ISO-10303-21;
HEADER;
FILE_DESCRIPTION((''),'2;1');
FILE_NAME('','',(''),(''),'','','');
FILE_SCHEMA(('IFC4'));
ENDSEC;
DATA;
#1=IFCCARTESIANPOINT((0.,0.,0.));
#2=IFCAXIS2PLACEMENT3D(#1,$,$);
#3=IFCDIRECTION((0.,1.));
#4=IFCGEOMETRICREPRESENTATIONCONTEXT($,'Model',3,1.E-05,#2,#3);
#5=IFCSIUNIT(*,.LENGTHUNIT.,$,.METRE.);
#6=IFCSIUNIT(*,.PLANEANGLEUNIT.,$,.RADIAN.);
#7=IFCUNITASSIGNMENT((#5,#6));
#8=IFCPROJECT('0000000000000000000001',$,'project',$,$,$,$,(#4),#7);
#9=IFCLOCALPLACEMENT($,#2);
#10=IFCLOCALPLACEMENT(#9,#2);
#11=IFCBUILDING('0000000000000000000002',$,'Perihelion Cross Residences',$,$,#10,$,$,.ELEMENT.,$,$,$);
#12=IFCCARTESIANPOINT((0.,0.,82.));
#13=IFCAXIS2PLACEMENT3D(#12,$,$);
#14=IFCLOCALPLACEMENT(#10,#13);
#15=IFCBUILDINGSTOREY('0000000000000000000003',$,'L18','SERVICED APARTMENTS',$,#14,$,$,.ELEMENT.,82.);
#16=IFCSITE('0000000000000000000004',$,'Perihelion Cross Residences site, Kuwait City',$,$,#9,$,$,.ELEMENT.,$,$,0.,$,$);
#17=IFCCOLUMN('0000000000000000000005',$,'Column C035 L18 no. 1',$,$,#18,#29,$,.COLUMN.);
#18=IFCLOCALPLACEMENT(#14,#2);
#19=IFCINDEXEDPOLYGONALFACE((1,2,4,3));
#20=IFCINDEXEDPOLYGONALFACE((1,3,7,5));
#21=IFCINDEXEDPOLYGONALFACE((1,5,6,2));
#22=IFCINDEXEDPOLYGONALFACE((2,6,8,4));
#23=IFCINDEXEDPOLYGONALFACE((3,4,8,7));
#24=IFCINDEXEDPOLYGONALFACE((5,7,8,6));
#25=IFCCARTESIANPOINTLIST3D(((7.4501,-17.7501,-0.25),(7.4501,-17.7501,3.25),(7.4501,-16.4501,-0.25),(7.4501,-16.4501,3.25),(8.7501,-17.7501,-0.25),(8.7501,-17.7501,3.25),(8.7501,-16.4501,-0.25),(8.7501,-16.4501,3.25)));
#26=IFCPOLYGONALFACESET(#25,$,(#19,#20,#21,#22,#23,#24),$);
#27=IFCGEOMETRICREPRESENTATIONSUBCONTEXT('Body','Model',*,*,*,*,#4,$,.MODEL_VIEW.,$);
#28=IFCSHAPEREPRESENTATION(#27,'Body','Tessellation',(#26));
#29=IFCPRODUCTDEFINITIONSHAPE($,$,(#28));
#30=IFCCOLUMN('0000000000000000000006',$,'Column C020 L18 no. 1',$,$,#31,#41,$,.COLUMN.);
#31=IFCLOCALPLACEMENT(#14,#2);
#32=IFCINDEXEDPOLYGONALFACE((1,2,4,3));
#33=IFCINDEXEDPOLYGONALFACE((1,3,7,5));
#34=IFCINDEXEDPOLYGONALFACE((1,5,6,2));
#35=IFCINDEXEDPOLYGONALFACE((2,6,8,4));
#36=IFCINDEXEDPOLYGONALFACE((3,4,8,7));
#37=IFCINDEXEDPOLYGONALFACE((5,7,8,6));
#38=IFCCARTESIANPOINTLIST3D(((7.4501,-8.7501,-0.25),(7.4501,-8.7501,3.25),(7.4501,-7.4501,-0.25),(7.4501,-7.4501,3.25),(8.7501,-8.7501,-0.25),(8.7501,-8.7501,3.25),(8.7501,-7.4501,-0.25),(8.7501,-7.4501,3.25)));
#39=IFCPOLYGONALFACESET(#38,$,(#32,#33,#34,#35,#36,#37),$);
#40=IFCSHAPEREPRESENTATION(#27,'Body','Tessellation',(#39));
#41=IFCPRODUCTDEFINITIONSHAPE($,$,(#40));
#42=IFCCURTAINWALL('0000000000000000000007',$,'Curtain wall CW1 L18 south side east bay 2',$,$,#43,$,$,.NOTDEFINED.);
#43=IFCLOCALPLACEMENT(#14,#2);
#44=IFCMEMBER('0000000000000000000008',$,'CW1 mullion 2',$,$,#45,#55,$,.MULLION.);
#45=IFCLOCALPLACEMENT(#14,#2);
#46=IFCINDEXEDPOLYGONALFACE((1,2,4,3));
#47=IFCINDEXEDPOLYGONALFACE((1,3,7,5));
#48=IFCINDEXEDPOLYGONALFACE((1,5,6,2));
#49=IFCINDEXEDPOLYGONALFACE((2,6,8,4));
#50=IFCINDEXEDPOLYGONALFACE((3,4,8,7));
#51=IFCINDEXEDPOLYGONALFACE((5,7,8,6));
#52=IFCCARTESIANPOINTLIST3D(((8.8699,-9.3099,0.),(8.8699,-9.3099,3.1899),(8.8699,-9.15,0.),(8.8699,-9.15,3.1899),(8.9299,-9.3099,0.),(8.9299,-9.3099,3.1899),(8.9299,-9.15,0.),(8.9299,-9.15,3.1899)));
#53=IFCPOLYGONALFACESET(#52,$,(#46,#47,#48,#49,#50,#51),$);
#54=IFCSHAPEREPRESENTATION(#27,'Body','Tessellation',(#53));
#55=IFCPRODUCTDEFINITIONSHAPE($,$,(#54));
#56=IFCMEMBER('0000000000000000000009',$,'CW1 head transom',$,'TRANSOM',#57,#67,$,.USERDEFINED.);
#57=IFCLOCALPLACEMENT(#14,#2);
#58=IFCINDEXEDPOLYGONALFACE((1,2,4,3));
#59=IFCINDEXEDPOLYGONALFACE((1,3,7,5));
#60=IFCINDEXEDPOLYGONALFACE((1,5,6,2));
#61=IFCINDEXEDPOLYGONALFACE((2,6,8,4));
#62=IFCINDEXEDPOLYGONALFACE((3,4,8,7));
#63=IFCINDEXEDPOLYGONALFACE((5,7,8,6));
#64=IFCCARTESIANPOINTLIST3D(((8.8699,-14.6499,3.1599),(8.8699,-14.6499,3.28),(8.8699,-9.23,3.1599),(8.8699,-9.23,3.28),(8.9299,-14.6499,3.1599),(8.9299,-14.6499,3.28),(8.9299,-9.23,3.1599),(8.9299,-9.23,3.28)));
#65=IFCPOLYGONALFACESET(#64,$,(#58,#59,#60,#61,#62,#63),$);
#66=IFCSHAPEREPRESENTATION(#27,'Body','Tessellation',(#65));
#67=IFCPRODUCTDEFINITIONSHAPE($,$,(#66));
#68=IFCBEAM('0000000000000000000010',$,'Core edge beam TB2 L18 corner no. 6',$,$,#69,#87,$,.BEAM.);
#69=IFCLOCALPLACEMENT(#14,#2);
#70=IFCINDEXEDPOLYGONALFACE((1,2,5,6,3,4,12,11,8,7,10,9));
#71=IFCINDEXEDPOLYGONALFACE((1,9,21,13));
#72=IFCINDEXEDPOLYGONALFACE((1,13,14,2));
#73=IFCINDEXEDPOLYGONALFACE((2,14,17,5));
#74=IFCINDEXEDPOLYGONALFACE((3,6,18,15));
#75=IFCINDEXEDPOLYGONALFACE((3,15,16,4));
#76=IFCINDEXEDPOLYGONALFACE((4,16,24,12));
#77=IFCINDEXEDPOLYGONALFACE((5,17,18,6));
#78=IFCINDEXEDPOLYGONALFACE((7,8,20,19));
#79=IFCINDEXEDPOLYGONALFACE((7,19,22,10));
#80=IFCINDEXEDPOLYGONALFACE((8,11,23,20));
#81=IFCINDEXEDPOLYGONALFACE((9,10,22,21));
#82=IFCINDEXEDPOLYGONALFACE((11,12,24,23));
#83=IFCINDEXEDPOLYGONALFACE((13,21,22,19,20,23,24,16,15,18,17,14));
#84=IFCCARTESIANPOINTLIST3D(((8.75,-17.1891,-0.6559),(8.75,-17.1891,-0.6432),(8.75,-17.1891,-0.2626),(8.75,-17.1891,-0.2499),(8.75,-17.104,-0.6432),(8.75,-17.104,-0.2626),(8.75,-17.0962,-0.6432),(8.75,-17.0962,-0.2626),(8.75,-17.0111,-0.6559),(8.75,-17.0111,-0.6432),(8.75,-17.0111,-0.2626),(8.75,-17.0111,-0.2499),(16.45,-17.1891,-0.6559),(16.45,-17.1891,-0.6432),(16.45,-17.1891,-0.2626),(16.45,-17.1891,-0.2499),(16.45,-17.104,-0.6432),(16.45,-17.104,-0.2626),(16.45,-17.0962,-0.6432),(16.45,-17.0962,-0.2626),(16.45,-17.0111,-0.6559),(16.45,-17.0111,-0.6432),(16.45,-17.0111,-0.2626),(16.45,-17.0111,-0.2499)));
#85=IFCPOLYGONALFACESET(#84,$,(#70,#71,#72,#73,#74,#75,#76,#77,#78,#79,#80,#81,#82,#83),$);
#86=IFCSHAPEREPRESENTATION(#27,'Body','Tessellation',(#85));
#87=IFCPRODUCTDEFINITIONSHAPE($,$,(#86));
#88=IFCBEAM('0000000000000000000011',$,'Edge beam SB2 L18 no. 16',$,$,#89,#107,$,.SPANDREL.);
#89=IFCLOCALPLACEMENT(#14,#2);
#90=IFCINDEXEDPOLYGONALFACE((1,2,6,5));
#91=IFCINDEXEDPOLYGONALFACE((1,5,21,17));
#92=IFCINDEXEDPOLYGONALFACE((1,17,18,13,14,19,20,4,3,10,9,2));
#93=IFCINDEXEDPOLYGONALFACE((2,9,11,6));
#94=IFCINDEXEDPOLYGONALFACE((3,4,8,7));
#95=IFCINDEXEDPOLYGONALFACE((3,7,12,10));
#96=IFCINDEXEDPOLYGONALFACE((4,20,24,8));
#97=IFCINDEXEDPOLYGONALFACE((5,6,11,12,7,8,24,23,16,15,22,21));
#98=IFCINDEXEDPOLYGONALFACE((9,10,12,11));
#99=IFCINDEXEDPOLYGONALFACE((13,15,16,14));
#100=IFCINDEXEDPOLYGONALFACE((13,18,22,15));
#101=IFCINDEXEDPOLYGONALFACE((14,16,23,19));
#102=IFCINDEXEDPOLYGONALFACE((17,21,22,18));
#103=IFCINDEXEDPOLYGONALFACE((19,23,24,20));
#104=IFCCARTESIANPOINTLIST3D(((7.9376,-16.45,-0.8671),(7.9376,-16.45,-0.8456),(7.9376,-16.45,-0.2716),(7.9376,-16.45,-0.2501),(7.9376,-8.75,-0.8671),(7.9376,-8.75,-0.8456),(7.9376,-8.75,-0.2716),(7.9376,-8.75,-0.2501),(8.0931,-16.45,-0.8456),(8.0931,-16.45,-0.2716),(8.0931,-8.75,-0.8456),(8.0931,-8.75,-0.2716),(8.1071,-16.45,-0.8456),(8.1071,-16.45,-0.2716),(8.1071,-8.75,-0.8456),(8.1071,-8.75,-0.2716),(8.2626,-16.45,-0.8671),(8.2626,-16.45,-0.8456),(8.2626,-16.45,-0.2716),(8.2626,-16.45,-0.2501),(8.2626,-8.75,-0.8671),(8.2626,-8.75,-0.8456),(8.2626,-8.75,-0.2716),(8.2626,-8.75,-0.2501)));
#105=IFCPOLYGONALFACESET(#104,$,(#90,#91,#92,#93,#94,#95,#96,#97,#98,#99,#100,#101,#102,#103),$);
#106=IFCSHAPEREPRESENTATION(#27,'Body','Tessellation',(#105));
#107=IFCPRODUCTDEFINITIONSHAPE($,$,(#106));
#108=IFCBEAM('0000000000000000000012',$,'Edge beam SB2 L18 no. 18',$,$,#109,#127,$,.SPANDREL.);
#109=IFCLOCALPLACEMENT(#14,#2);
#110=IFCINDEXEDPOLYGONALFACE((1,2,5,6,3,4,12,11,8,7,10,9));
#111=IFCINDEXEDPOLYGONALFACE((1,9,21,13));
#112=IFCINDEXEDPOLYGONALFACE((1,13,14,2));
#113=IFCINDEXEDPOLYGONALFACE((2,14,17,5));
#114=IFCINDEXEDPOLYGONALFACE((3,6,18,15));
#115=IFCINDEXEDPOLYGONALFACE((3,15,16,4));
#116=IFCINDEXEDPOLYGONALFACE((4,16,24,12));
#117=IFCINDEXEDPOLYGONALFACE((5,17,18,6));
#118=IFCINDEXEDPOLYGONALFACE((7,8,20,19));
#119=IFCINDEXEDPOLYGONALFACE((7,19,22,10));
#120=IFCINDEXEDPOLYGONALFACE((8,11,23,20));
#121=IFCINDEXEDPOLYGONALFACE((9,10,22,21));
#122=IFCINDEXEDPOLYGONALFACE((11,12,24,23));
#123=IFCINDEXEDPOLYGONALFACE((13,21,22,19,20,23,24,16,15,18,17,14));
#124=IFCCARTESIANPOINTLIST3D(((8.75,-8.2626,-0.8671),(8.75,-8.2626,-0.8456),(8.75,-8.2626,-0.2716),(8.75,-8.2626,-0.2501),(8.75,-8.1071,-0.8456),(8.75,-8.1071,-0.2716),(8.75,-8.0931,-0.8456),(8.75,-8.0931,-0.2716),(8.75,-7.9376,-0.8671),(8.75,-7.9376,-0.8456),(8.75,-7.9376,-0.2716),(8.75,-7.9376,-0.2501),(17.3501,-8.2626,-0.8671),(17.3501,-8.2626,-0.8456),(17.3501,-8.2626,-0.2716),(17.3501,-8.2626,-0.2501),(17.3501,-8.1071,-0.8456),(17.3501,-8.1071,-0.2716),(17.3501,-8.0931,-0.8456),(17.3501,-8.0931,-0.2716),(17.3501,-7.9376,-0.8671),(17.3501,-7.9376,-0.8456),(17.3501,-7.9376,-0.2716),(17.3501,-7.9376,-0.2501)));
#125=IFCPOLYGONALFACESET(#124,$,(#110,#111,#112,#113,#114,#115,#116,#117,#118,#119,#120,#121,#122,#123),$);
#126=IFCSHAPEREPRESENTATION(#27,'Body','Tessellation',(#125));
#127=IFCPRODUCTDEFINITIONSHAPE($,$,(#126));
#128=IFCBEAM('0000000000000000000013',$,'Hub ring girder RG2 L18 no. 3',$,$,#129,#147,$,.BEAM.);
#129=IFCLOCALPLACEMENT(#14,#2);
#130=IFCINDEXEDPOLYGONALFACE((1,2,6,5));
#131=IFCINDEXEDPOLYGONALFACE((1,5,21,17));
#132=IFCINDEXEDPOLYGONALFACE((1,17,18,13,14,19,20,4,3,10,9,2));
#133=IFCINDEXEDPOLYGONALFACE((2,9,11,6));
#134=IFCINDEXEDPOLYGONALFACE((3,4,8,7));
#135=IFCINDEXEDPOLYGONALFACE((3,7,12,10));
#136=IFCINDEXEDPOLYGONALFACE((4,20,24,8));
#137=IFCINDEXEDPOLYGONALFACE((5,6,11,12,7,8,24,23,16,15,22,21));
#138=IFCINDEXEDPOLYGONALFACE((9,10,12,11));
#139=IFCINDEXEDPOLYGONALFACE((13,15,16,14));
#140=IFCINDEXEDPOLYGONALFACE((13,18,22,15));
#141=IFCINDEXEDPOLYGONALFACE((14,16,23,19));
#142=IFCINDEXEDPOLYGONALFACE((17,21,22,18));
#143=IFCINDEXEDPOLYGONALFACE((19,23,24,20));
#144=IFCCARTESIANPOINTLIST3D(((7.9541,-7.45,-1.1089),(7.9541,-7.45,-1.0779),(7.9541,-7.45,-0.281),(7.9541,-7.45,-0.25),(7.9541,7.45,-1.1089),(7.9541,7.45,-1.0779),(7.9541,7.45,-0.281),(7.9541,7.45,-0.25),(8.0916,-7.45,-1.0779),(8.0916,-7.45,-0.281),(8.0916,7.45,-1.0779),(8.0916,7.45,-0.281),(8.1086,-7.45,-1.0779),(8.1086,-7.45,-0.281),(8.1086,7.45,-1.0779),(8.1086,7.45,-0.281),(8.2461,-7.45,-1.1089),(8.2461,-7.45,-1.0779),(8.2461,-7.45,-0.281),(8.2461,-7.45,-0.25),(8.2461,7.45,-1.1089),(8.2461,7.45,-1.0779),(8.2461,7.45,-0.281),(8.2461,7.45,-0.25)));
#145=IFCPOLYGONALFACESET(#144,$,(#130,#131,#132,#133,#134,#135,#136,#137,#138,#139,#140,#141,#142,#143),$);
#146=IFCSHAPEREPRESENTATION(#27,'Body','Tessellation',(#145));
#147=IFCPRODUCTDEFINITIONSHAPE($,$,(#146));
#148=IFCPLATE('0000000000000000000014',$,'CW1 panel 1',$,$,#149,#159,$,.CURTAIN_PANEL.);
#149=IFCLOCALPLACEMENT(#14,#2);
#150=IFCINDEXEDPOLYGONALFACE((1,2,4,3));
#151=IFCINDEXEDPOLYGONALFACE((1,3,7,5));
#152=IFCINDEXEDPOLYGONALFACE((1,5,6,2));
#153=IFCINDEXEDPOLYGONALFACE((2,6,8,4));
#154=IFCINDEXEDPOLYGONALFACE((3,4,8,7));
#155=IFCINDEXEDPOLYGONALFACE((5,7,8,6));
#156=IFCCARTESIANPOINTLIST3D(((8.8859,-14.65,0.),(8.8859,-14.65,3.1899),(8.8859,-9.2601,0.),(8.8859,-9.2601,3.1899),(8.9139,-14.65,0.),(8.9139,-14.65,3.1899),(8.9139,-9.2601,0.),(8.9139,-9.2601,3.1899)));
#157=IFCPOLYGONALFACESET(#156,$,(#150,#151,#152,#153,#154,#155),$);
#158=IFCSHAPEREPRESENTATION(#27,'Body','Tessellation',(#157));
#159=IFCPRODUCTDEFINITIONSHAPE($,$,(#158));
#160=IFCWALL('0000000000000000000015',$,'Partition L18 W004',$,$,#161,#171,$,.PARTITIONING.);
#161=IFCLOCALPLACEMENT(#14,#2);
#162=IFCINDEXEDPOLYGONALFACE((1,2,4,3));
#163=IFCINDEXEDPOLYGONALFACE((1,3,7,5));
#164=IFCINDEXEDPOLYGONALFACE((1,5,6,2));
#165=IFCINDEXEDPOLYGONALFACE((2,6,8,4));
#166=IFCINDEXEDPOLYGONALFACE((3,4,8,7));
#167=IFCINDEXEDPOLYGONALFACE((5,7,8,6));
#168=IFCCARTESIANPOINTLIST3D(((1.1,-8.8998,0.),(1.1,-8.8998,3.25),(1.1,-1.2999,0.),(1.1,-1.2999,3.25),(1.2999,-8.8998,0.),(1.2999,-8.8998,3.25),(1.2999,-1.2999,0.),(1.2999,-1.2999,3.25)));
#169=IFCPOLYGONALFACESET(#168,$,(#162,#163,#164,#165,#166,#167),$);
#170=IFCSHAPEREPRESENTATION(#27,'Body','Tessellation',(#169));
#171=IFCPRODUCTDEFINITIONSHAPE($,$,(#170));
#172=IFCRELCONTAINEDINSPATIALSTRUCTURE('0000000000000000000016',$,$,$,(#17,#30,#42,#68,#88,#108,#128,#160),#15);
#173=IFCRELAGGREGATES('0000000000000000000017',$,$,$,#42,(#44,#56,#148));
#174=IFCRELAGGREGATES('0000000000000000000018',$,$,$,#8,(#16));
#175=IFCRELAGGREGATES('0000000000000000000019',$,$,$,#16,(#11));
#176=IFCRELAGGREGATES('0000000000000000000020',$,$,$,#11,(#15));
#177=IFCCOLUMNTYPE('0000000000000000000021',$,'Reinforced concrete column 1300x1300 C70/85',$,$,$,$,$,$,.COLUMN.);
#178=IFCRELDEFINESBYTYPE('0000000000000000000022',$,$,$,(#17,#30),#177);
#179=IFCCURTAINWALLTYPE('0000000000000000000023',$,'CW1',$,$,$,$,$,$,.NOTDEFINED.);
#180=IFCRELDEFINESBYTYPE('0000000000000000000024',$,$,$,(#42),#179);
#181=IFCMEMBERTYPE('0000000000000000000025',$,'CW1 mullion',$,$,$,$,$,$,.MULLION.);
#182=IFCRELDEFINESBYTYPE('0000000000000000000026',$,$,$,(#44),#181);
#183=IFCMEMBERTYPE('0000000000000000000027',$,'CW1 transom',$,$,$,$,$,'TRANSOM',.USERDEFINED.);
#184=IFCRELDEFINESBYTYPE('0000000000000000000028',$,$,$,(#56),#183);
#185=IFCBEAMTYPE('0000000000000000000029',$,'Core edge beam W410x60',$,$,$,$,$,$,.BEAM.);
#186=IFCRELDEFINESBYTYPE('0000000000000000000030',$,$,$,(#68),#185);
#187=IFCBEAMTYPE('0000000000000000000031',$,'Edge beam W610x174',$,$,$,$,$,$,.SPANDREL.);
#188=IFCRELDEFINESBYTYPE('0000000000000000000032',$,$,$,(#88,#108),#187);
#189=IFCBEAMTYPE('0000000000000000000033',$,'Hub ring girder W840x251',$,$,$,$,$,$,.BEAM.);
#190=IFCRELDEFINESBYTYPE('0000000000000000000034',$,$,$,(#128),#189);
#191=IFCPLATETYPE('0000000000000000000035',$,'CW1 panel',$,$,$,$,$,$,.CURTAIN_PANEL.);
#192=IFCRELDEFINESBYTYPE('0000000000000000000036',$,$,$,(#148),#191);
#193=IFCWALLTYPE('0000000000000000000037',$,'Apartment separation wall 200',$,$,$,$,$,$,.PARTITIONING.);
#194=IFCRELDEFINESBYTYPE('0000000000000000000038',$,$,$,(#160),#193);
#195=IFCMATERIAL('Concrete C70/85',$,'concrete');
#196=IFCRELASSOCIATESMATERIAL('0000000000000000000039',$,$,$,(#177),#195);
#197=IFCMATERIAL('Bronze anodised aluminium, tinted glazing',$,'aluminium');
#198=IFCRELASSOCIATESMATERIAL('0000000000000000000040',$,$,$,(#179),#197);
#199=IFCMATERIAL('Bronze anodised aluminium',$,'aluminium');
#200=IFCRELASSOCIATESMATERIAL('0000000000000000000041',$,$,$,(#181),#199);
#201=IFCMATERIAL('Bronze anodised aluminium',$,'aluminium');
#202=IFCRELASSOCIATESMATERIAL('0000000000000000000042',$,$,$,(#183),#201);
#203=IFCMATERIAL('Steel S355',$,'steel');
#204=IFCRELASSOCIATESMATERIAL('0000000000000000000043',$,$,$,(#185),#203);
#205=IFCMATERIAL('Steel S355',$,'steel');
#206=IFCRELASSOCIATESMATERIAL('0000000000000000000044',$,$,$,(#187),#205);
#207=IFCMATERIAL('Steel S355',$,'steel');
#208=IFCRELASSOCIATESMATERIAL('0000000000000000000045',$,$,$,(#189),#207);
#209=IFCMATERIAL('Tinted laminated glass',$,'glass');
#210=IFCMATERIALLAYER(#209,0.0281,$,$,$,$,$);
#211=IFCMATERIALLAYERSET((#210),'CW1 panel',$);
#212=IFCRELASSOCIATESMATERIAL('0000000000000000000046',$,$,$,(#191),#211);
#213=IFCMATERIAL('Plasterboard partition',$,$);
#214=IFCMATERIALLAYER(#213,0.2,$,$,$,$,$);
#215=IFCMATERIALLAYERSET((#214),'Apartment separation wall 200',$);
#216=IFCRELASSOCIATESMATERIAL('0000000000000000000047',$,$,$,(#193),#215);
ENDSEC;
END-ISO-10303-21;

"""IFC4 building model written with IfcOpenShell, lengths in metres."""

from ifc_helpers import new_model, si_unit, direction, frame, frame_2d, origin, origin_2d, place, context, subcontext, project, spatial, rectangle, i_section, extrude, material, layer, layer_set, material_profile, profile_set, type_object, element, aggregate, save


model = new_model("IFC4")

# Units and contexts
model_context = context("Model", 3, precision=1e-05, world=origin(), true_north=direction((0.0, 1.0)))
body_context = subcontext(model_context, "Body", "Model", "MODEL_VIEW")
ifc_project = project(units=[si_unit("LENGTHUNIT", "METRE"), si_unit("PLANEANGLEUNIT", "RADIAN")], contexts=[model_context])

# Site, building, storey
site_placement = place(None, origin())
site = spatial("IfcSite", under=ifc_project, at=site_placement, Name="Perihelion Cross Residences site, Kuwait City", CompositionType="ELEMENT", RefElevation=0.0)
building_placement = place(site_placement, origin())
building = spatial("IfcBuilding", under=site, at=building_placement, Name="Perihelion Cross Residences", CompositionType="ELEMENT")
storey_placement = place(building_placement, frame((0.0, 0.0, 82.0)))
storey = spatial("IfcBuildingStorey", under=building, at=storey_placement, Name="L18", Description="SERVICED APARTMENTS", CompositionType="ELEMENT", Elevation=82.0)

# Columns
ifc_material_1 = material(Name="Concrete C70/85", Category="concrete")
ifc_material_profile_1 = material_profile(ifc_material_1, rectangle(XDim=1.3, YDim=1.3, at=origin_2d()), Name="RC 1300x1300")
ifc_profile_set_1 = profile_set([ifc_material_profile_1], Name="Concrete C70/85")
column_type = type_object("IfcColumnType", Name="Reinforced concrete column 1300x1300 C70/85", PredefinedType="COLUMN", material=ifc_profile_set_1)
for number, where, z_axis, x_axis, name in (
    (1, (8.1001, -17.1001, -0.25), (0.0, 0.0, 1.0), (1.0, 0.0, 0.0), "Column C035 L18 no. 1"),
    (2, (8.1001, -8.1001, -0.25), (0.0, 0.0, 1.0), (1.0, 0.0, 0.0), "Column C020 L18 no. 1"),
):
    element("IfcColumn", number, at=place(storey_placement, frame(where, z_axis=z_axis, x_axis=x_axis)), inside=storey, type_object=column_type, Name=name, PredefinedType="COLUMN", context=body_context, shape_type="SweptSolid", body=[
        extrude(rectangle(XDim=1.3, YDim=1.3, at=origin_2d()), origin(), (0.0, 0.0, 1.0), 3.5),
    ])

# Curtain wall, members
ifc_material_2 = material(Name="Bronze anodised aluminium, tinted glazing", Category="aluminium")
curtain_wall_type = type_object("IfcCurtainWallType", Name="CW1", PredefinedType="NOTDEFINED", material=ifc_material_2)
curtain_wall_placement = place(storey_placement, origin())
curtain_wall = element("IfcCurtainWall", 3, at=curtain_wall_placement, inside=storey, type_object=curtain_wall_type, Name="Curtain wall CW1 L18 south side east bay 2", PredefinedType="NOTDEFINED")
ifc_material_3 = material(Name="Bronze anodised aluminium", Category="aluminium")
ifc_material_profile_2 = material_profile(ifc_material_3, rectangle(XDim=0.0601, YDim=0.1599, at=origin_2d()), Name="CW1 mullion")
ifc_profile_set_2 = profile_set([ifc_material_profile_2], Name="Bronze anodised aluminium")
member_type_1 = type_object("IfcMemberType", Name="CW1 mullion", PredefinedType="MULLION", material=ifc_profile_set_2)
member_1_placement = place(storey_placement, frame((8.8999, -9.23, 0.0), z_axis=(0.0, 0.0, 1.0), x_axis=(-1.0, 0.0, 0.0)))
member_1 = element("IfcMember", 4, at=member_1_placement, type_object=member_type_1, Name="CW1 mullion 2", PredefinedType="MULLION", context=body_context, shape_type="SweptSolid", body=[
    extrude(rectangle(XDim=0.0601, YDim=0.1599, at=origin_2d()), origin(), (0.0, 0.0, 1.0), 3.1899),
])
ifc_material_4 = material(Name="Bronze anodised aluminium", Category="aluminium")
ifc_material_profile_3 = material_profile(ifc_material_4, rectangle(XDim=0.0601, YDim=0.1201, at=origin_2d()), Name="CW1 transom")
ifc_profile_set_3 = profile_set([ifc_material_profile_3], Name="Bronze anodised aluminium")
member_type_2 = type_object("IfcMemberType", Name="CW1 transom", ElementType="TRANSOM", PredefinedType="USERDEFINED", material=ifc_profile_set_3)
member_2_placement = place(storey_placement, frame((8.8999, -14.6499, 3.22), z_axis=(0.0, 1.0, 0.0), x_axis=(-1.0, 0.0, 0.0)))
member_2 = element("IfcMember", 5, at=member_2_placement, type_object=member_type_2, Name="CW1 head transom", ObjectType="TRANSOM", PredefinedType="USERDEFINED", context=body_context, shape_type="SweptSolid", body=[
    extrude(rectangle(XDim=0.0601, YDim=0.1201, at=origin_2d()), origin(), (0.0, 0.0, 1.0), 5.4199),
])

# Beams
ifc_material_5 = material(Name="Steel S355", Category="steel")
ifc_material_profile_4 = material_profile(ifc_material_5, i_section(OverallWidth=0.178, OverallDepth=0.406, WebThickness=0.0078, FlangeThickness=0.0127, at=origin_2d()), Name="W410x60")
ifc_profile_set_4 = profile_set([ifc_material_profile_4], Name="Steel S355")
beam_type_1 = type_object("IfcBeamType", Name="Core edge beam W410x60", PredefinedType="BEAM", material=ifc_profile_set_4)
beam_1_placement = place(storey_placement, frame((8.75, -17.1001, -0.4529), z_axis=(1.0, 0.0, 0.0), x_axis=(0.0, 1.0, 0.0)))
element("IfcBeam", 6, at=beam_1_placement, inside=storey, type_object=beam_type_1, Name="Core edge beam TB2 L18 corner no. 6", PredefinedType="BEAM", context=body_context, shape_type="SweptSolid", body=[
    extrude(i_section(OverallWidth=0.178, OverallDepth=0.406, WebThickness=0.0078, FlangeThickness=0.0127, at=origin_2d()), origin(), (0.0, 0.0, 1.0), 7.7),
])
ifc_material_6 = material(Name="Steel S355", Category="steel")
ifc_material_profile_5 = material_profile(ifc_material_6, i_section(OverallWidth=0.325, OverallDepth=0.6169, WebThickness=0.0139, FlangeThickness=0.0215, at=origin_2d()), Name="W610x174")
ifc_profile_set_5 = profile_set([ifc_material_profile_5], Name="Steel S355")
beam_type_2 = type_object("IfcBeamType", Name="Edge beam W610x174", PredefinedType="SPANDREL", material=ifc_profile_set_5)
beam_2_placement = place(storey_placement, frame((8.1001, -16.45, -0.5586), z_axis=(0.0, 1.0, 0.0), x_axis=(-1.0, 0.0, 0.0)))
element("IfcBeam", 7, at=beam_2_placement, inside=storey, type_object=beam_type_2, Name="Edge beam SB2 L18 no. 16", PredefinedType="SPANDREL", context=body_context, shape_type="SweptSolid", body=[
    extrude(i_section(OverallWidth=0.325, OverallDepth=0.6169, WebThickness=0.0139, FlangeThickness=0.0215, at=origin_2d()), origin(), (0.0, 0.0, 1.0), 7.7),
])
beam_3_placement = place(storey_placement, frame((8.75, -8.1001, -0.5586), z_axis=(1.0, 0.0, 0.0), x_axis=(0.0, 1.0, 0.0)))
element("IfcBeam", 8, at=beam_3_placement, inside=storey, type_object=beam_type_2, Name="Edge beam SB2 L18 no. 18", PredefinedType="SPANDREL", context=body_context, shape_type="SweptSolid", body=[
    extrude(i_section(OverallWidth=0.325, OverallDepth=0.6169, WebThickness=0.0139, FlangeThickness=0.0215, at=origin_2d()), origin(), (0.0, 0.0, 1.0), 8.6001),
])
ifc_material_7 = material(Name="Steel S355", Category="steel")
ifc_material_profile_6 = material_profile(ifc_material_7, i_section(OverallWidth=0.292, OverallDepth=0.8589, WebThickness=0.0171, FlangeThickness=0.031, at=origin_2d()), Name="W840x251")
ifc_profile_set_6 = profile_set([ifc_material_profile_6], Name="Steel S355")
beam_type_3 = type_object("IfcBeamType", Name="Hub ring girder W840x251", PredefinedType="BEAM", material=ifc_profile_set_6)
beam_4_placement = place(storey_placement, frame((8.1001, -7.45, -0.6794), z_axis=(0.0, 1.0, 0.0), x_axis=(-1.0, 0.0, 0.0)))
element("IfcBeam", 9, at=beam_4_placement, inside=storey, type_object=beam_type_3, Name="Hub ring girder RG2 L18 no. 3", PredefinedType="BEAM", context=body_context, shape_type="SweptSolid", body=[
    extrude(i_section(OverallWidth=0.292, OverallDepth=0.8589, WebThickness=0.0171, FlangeThickness=0.031, at=origin_2d()), origin(), (0.0, 0.0, 1.0), 14.8999),
])

# Plate
ifc_material_8 = material(Name="Tinted laminated glass", Category="glass")
ifc_layer_1 = layer(ifc_material_8, 0.0281)
ifc_layer_set_1 = layer_set([ifc_layer_1], Name="CW1 panel")
plate_type = type_object("IfcPlateType", Name="CW1 panel", PredefinedType="CURTAIN_PANEL", material=ifc_layer_set_1)
plate_placement = place(storey_placement, frame((8.8999, -11.9551, 0.0), z_axis=(0.0, 0.0, 1.0), x_axis=(0.0, 1.0, 0.0)))
plate = element("IfcPlate", 10, at=plate_placement, type_object=plate_type, Name="CW1 panel 1", PredefinedType="CURTAIN_PANEL", context=body_context, shape_type="SweptSolid", body=[
    extrude(rectangle(XDim=5.3899, YDim=0.0281, at=origin_2d()), origin(), (0.0, 0.0, 1.0), 3.1899),
])
aggregate(curtain_wall, [member_1, member_2, plate])

# Wall
ifc_material_9 = material(Name="Plasterboard partition")
ifc_layer_2 = layer(ifc_material_9, 0.2)
ifc_layer_set_2 = layer_set([ifc_layer_2], Name="Apartment separation wall 200")
wall_type_1 = type_object("IfcWallType", Name="Apartment separation wall 200", PredefinedType="PARTITIONING", material=ifc_layer_set_2)
wall_1_placement = place(storey_placement, frame((1.2, -1.3, 0.0), z_axis=(0.0, 0.0, 1.0), x_axis=(0.0, -1.0, 0.0)))
element("IfcWall", 11, at=wall_1_placement, inside=storey, type_object=wall_type_1, Name="Partition L18 W004", PredefinedType="PARTITIONING", context=body_context, shape_type="SweptSolid", body=[
    extrude(rectangle(XDim=7.5999, YDim=0.2, at=frame_2d((3.7998, 0.0))), origin(), (0.0, 0.0, 1.0), 3.25),
])

save(model, "model.ifc")
